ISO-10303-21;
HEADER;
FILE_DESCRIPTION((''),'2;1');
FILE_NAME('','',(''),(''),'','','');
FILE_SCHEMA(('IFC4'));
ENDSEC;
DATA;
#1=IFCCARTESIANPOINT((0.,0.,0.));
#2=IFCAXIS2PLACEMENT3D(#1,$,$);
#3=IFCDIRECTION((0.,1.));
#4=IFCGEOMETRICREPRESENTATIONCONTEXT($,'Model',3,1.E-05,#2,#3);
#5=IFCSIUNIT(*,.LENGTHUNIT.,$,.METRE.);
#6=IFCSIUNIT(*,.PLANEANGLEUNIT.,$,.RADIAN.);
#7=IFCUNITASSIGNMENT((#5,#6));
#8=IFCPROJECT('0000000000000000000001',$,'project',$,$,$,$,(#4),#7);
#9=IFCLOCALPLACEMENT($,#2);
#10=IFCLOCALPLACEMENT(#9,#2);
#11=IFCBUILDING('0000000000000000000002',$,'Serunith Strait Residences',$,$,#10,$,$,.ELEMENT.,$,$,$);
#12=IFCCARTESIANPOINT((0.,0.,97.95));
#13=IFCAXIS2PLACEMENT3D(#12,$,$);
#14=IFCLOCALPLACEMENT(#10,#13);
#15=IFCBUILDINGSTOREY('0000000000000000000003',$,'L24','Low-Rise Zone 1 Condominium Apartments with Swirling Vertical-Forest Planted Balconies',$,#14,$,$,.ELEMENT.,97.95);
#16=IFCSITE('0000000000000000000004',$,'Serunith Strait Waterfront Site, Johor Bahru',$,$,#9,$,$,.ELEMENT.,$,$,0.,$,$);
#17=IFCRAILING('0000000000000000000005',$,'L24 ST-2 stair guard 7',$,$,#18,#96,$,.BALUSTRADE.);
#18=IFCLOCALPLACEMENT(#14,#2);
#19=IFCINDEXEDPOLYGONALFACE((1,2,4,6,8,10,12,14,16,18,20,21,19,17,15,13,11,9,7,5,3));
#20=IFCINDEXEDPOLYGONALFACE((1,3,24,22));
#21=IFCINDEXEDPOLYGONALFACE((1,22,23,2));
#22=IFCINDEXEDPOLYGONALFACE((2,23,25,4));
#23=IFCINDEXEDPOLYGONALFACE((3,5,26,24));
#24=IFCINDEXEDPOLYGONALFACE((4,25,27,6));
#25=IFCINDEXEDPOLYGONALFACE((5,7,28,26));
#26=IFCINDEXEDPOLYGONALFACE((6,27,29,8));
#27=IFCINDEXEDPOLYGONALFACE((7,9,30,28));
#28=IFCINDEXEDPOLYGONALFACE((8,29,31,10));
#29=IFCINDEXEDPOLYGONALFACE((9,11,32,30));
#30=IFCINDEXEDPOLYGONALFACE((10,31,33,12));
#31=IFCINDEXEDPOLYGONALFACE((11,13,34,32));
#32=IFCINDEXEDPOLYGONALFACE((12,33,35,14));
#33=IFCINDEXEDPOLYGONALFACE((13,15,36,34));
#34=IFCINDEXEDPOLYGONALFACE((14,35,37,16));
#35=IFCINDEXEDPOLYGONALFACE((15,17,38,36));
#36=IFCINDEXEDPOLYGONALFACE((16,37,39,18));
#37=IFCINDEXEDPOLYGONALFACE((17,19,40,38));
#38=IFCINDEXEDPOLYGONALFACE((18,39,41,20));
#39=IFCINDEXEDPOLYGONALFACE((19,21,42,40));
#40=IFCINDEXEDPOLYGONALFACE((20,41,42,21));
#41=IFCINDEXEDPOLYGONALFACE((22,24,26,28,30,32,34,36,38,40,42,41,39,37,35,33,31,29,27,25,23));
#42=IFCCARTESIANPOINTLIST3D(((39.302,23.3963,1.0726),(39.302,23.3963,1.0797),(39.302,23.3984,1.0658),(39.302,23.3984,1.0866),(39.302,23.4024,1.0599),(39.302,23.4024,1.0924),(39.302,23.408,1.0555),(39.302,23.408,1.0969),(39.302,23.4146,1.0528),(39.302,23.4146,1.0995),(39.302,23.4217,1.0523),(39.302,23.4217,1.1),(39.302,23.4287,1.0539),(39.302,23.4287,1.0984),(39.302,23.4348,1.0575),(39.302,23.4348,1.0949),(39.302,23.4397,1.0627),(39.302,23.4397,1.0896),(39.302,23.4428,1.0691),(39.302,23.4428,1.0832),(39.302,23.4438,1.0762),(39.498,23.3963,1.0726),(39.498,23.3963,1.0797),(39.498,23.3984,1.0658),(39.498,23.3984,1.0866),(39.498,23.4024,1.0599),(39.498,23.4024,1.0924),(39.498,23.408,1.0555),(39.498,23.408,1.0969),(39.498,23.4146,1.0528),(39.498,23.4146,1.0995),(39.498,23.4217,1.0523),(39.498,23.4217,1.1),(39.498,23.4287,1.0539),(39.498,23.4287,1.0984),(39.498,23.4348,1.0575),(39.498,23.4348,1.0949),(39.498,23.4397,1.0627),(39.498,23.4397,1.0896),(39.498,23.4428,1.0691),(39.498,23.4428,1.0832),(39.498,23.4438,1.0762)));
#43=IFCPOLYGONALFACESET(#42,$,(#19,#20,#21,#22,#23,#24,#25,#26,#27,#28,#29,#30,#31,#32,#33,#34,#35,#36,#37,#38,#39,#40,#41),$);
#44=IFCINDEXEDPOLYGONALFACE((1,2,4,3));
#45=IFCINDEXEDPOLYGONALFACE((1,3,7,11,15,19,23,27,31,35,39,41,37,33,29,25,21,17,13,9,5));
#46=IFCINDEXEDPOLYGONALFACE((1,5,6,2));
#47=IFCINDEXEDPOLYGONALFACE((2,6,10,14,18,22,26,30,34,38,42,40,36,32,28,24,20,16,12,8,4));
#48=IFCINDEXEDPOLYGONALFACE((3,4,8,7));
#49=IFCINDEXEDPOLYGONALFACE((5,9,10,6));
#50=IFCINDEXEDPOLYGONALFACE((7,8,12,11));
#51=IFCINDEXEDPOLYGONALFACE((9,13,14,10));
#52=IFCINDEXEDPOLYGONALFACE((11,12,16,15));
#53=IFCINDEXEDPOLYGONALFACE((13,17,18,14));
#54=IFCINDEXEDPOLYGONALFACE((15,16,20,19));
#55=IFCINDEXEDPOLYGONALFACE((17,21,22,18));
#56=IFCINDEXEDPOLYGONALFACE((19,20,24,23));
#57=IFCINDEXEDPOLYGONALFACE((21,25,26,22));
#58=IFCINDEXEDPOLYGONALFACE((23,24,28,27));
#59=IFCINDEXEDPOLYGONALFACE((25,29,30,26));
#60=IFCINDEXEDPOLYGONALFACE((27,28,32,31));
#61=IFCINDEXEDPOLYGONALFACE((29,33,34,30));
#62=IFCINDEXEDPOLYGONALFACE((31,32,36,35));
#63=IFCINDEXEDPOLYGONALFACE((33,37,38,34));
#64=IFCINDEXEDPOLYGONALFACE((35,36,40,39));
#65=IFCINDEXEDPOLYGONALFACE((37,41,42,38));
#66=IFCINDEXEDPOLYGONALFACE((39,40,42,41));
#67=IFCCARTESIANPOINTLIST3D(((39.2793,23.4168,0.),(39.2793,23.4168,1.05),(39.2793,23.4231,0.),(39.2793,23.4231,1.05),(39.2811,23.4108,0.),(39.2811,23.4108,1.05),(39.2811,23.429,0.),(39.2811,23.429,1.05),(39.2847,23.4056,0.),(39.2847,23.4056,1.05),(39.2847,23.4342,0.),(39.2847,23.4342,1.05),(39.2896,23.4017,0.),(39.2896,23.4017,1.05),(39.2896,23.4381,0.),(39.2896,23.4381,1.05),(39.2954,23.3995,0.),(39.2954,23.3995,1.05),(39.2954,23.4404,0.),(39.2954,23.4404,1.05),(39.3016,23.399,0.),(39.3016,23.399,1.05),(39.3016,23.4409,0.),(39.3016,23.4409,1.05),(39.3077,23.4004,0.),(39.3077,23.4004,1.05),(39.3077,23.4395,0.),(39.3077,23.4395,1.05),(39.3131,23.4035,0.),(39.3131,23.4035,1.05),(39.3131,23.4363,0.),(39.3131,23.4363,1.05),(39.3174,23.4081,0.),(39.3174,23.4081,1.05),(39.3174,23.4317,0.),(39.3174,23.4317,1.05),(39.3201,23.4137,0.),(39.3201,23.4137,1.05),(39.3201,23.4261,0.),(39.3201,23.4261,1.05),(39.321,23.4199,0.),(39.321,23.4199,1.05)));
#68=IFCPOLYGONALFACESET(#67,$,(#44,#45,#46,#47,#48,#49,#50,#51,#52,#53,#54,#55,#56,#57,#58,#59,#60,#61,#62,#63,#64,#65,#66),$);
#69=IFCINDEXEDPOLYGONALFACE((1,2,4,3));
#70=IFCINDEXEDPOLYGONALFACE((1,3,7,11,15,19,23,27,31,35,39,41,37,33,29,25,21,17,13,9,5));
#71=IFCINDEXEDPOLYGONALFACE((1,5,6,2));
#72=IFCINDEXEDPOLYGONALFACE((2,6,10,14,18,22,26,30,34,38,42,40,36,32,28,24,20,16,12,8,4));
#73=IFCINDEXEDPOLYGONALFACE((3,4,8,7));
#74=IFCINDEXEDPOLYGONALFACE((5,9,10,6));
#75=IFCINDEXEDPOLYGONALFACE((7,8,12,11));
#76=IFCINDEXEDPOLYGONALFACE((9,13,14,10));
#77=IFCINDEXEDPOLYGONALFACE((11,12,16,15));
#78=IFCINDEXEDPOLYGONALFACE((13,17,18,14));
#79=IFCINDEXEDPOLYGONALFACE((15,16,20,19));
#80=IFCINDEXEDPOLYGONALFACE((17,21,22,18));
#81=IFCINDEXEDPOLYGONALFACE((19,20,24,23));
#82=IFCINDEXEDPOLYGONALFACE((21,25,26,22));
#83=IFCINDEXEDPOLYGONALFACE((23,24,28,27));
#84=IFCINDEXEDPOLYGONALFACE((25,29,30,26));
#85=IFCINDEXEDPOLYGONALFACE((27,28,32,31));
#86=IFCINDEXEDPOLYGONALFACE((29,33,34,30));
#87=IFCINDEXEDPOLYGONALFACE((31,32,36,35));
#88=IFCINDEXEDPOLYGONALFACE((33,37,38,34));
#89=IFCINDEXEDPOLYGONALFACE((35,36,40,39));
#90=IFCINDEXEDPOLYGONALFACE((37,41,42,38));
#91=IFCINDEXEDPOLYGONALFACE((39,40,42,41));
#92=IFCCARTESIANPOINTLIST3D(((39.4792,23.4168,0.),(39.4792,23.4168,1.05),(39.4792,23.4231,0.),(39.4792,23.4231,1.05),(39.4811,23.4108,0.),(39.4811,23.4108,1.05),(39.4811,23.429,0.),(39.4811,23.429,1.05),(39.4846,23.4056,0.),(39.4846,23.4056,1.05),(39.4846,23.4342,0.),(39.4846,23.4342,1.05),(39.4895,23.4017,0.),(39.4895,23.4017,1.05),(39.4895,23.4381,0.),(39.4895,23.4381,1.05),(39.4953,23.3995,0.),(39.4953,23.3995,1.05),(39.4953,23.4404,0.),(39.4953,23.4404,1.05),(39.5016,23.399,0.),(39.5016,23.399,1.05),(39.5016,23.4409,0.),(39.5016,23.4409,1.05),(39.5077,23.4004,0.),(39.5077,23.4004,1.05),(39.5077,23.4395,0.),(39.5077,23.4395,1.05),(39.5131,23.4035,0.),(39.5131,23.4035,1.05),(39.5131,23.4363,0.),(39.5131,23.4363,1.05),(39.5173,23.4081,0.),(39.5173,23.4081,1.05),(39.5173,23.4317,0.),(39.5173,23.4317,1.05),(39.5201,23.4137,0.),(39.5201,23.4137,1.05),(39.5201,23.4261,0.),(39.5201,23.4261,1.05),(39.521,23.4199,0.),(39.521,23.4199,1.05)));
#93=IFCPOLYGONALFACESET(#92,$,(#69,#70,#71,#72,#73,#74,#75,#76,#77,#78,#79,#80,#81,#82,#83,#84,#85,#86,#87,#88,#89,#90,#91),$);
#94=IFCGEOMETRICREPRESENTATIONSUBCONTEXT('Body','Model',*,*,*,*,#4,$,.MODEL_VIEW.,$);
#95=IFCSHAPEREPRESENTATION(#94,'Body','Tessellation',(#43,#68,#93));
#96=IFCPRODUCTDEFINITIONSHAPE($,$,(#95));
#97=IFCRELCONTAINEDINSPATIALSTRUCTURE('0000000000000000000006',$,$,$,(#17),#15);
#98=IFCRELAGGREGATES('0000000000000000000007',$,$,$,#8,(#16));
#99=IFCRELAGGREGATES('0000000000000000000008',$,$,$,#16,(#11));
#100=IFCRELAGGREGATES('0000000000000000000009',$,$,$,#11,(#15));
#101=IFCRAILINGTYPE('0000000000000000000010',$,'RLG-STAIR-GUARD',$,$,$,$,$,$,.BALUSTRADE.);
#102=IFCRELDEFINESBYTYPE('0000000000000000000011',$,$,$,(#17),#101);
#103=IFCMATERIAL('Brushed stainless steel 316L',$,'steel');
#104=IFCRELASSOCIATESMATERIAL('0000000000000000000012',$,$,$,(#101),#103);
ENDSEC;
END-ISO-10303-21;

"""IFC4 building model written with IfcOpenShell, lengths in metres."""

from ifc_helpers import new_model, si_unit, direction, frame, origin, origin_2d, place, context, subcontext, project, spatial, circle, extrude, material, type_object, element, save


model = new_model("IFC4")

# Units and contexts
model_context = context("Model", 3, precision=1e-05, world=origin(), true_north=direction((0.0, 1.0)))
body_context = subcontext(model_context, "Body", "Model", "MODEL_VIEW")
ifc_project = project(units=[si_unit("LENGTHUNIT", "METRE"), si_unit("PLANEANGLEUNIT", "RADIAN")], contexts=[model_context])

# Site, building, storey
site_placement = place(None, origin())
site = spatial("IfcSite", under=ifc_project, at=site_placement, Name="Serunith Strait Waterfront Site, Johor Bahru", CompositionType="ELEMENT", RefElevation=0.0)
building_placement = place(site_placement, origin())
building = spatial("IfcBuilding", under=site, at=building_placement, Name="Serunith Strait Residences", CompositionType="ELEMENT")
storey_placement = place(building_placement, frame((0.0, 0.0, 97.95)))
storey = spatial("IfcBuildingStorey", under=building, at=storey_placement, Name="L24", Description="Low-Rise Zone 1 Condominium Apartments with Swirling Vertical-Forest Planted Balconies", CompositionType="ELEMENT", Elevation=97.95)

# Railing
ifc_material_1 = material(Name="Brushed stainless steel 316L", Category="steel")
railing_type_1 = type_object("IfcRailingType", Name="RLG-STAIR-GUARD", PredefinedType="BALUSTRADE", material=ifc_material_1)
railing_1_placement = place(storey_placement, frame((39.3, 23.4199, 0.0)))
element("IfcRailing", 1, at=railing_1_placement, inside=storey, type_object=railing_type_1, Name="L24 ST-2 stair guard 7", PredefinedType="BALUSTRADE", context=body_context, shape_type="SweptSolid", body=[
    extrude(circle(Radius=0.0239, at=origin_2d()), frame((0.002, 0.0, 1.0762), z_axis=(1.0, 0.0, 0.0), x_axis=(0.0, 1.0, 0.0)), (0.0, 0.0, 1.0), 0.196),
    extrude(circle(Radius=0.021, at=origin_2d()), origin(), (0.0, 0.0, 1.0), 1.05),
    extrude(circle(Radius=0.021, at=origin_2d()), frame((0.2, 0.0, 0.0)), (0.0, 0.0, 1.0), 1.05),
])

save(model, "model.ifc")
